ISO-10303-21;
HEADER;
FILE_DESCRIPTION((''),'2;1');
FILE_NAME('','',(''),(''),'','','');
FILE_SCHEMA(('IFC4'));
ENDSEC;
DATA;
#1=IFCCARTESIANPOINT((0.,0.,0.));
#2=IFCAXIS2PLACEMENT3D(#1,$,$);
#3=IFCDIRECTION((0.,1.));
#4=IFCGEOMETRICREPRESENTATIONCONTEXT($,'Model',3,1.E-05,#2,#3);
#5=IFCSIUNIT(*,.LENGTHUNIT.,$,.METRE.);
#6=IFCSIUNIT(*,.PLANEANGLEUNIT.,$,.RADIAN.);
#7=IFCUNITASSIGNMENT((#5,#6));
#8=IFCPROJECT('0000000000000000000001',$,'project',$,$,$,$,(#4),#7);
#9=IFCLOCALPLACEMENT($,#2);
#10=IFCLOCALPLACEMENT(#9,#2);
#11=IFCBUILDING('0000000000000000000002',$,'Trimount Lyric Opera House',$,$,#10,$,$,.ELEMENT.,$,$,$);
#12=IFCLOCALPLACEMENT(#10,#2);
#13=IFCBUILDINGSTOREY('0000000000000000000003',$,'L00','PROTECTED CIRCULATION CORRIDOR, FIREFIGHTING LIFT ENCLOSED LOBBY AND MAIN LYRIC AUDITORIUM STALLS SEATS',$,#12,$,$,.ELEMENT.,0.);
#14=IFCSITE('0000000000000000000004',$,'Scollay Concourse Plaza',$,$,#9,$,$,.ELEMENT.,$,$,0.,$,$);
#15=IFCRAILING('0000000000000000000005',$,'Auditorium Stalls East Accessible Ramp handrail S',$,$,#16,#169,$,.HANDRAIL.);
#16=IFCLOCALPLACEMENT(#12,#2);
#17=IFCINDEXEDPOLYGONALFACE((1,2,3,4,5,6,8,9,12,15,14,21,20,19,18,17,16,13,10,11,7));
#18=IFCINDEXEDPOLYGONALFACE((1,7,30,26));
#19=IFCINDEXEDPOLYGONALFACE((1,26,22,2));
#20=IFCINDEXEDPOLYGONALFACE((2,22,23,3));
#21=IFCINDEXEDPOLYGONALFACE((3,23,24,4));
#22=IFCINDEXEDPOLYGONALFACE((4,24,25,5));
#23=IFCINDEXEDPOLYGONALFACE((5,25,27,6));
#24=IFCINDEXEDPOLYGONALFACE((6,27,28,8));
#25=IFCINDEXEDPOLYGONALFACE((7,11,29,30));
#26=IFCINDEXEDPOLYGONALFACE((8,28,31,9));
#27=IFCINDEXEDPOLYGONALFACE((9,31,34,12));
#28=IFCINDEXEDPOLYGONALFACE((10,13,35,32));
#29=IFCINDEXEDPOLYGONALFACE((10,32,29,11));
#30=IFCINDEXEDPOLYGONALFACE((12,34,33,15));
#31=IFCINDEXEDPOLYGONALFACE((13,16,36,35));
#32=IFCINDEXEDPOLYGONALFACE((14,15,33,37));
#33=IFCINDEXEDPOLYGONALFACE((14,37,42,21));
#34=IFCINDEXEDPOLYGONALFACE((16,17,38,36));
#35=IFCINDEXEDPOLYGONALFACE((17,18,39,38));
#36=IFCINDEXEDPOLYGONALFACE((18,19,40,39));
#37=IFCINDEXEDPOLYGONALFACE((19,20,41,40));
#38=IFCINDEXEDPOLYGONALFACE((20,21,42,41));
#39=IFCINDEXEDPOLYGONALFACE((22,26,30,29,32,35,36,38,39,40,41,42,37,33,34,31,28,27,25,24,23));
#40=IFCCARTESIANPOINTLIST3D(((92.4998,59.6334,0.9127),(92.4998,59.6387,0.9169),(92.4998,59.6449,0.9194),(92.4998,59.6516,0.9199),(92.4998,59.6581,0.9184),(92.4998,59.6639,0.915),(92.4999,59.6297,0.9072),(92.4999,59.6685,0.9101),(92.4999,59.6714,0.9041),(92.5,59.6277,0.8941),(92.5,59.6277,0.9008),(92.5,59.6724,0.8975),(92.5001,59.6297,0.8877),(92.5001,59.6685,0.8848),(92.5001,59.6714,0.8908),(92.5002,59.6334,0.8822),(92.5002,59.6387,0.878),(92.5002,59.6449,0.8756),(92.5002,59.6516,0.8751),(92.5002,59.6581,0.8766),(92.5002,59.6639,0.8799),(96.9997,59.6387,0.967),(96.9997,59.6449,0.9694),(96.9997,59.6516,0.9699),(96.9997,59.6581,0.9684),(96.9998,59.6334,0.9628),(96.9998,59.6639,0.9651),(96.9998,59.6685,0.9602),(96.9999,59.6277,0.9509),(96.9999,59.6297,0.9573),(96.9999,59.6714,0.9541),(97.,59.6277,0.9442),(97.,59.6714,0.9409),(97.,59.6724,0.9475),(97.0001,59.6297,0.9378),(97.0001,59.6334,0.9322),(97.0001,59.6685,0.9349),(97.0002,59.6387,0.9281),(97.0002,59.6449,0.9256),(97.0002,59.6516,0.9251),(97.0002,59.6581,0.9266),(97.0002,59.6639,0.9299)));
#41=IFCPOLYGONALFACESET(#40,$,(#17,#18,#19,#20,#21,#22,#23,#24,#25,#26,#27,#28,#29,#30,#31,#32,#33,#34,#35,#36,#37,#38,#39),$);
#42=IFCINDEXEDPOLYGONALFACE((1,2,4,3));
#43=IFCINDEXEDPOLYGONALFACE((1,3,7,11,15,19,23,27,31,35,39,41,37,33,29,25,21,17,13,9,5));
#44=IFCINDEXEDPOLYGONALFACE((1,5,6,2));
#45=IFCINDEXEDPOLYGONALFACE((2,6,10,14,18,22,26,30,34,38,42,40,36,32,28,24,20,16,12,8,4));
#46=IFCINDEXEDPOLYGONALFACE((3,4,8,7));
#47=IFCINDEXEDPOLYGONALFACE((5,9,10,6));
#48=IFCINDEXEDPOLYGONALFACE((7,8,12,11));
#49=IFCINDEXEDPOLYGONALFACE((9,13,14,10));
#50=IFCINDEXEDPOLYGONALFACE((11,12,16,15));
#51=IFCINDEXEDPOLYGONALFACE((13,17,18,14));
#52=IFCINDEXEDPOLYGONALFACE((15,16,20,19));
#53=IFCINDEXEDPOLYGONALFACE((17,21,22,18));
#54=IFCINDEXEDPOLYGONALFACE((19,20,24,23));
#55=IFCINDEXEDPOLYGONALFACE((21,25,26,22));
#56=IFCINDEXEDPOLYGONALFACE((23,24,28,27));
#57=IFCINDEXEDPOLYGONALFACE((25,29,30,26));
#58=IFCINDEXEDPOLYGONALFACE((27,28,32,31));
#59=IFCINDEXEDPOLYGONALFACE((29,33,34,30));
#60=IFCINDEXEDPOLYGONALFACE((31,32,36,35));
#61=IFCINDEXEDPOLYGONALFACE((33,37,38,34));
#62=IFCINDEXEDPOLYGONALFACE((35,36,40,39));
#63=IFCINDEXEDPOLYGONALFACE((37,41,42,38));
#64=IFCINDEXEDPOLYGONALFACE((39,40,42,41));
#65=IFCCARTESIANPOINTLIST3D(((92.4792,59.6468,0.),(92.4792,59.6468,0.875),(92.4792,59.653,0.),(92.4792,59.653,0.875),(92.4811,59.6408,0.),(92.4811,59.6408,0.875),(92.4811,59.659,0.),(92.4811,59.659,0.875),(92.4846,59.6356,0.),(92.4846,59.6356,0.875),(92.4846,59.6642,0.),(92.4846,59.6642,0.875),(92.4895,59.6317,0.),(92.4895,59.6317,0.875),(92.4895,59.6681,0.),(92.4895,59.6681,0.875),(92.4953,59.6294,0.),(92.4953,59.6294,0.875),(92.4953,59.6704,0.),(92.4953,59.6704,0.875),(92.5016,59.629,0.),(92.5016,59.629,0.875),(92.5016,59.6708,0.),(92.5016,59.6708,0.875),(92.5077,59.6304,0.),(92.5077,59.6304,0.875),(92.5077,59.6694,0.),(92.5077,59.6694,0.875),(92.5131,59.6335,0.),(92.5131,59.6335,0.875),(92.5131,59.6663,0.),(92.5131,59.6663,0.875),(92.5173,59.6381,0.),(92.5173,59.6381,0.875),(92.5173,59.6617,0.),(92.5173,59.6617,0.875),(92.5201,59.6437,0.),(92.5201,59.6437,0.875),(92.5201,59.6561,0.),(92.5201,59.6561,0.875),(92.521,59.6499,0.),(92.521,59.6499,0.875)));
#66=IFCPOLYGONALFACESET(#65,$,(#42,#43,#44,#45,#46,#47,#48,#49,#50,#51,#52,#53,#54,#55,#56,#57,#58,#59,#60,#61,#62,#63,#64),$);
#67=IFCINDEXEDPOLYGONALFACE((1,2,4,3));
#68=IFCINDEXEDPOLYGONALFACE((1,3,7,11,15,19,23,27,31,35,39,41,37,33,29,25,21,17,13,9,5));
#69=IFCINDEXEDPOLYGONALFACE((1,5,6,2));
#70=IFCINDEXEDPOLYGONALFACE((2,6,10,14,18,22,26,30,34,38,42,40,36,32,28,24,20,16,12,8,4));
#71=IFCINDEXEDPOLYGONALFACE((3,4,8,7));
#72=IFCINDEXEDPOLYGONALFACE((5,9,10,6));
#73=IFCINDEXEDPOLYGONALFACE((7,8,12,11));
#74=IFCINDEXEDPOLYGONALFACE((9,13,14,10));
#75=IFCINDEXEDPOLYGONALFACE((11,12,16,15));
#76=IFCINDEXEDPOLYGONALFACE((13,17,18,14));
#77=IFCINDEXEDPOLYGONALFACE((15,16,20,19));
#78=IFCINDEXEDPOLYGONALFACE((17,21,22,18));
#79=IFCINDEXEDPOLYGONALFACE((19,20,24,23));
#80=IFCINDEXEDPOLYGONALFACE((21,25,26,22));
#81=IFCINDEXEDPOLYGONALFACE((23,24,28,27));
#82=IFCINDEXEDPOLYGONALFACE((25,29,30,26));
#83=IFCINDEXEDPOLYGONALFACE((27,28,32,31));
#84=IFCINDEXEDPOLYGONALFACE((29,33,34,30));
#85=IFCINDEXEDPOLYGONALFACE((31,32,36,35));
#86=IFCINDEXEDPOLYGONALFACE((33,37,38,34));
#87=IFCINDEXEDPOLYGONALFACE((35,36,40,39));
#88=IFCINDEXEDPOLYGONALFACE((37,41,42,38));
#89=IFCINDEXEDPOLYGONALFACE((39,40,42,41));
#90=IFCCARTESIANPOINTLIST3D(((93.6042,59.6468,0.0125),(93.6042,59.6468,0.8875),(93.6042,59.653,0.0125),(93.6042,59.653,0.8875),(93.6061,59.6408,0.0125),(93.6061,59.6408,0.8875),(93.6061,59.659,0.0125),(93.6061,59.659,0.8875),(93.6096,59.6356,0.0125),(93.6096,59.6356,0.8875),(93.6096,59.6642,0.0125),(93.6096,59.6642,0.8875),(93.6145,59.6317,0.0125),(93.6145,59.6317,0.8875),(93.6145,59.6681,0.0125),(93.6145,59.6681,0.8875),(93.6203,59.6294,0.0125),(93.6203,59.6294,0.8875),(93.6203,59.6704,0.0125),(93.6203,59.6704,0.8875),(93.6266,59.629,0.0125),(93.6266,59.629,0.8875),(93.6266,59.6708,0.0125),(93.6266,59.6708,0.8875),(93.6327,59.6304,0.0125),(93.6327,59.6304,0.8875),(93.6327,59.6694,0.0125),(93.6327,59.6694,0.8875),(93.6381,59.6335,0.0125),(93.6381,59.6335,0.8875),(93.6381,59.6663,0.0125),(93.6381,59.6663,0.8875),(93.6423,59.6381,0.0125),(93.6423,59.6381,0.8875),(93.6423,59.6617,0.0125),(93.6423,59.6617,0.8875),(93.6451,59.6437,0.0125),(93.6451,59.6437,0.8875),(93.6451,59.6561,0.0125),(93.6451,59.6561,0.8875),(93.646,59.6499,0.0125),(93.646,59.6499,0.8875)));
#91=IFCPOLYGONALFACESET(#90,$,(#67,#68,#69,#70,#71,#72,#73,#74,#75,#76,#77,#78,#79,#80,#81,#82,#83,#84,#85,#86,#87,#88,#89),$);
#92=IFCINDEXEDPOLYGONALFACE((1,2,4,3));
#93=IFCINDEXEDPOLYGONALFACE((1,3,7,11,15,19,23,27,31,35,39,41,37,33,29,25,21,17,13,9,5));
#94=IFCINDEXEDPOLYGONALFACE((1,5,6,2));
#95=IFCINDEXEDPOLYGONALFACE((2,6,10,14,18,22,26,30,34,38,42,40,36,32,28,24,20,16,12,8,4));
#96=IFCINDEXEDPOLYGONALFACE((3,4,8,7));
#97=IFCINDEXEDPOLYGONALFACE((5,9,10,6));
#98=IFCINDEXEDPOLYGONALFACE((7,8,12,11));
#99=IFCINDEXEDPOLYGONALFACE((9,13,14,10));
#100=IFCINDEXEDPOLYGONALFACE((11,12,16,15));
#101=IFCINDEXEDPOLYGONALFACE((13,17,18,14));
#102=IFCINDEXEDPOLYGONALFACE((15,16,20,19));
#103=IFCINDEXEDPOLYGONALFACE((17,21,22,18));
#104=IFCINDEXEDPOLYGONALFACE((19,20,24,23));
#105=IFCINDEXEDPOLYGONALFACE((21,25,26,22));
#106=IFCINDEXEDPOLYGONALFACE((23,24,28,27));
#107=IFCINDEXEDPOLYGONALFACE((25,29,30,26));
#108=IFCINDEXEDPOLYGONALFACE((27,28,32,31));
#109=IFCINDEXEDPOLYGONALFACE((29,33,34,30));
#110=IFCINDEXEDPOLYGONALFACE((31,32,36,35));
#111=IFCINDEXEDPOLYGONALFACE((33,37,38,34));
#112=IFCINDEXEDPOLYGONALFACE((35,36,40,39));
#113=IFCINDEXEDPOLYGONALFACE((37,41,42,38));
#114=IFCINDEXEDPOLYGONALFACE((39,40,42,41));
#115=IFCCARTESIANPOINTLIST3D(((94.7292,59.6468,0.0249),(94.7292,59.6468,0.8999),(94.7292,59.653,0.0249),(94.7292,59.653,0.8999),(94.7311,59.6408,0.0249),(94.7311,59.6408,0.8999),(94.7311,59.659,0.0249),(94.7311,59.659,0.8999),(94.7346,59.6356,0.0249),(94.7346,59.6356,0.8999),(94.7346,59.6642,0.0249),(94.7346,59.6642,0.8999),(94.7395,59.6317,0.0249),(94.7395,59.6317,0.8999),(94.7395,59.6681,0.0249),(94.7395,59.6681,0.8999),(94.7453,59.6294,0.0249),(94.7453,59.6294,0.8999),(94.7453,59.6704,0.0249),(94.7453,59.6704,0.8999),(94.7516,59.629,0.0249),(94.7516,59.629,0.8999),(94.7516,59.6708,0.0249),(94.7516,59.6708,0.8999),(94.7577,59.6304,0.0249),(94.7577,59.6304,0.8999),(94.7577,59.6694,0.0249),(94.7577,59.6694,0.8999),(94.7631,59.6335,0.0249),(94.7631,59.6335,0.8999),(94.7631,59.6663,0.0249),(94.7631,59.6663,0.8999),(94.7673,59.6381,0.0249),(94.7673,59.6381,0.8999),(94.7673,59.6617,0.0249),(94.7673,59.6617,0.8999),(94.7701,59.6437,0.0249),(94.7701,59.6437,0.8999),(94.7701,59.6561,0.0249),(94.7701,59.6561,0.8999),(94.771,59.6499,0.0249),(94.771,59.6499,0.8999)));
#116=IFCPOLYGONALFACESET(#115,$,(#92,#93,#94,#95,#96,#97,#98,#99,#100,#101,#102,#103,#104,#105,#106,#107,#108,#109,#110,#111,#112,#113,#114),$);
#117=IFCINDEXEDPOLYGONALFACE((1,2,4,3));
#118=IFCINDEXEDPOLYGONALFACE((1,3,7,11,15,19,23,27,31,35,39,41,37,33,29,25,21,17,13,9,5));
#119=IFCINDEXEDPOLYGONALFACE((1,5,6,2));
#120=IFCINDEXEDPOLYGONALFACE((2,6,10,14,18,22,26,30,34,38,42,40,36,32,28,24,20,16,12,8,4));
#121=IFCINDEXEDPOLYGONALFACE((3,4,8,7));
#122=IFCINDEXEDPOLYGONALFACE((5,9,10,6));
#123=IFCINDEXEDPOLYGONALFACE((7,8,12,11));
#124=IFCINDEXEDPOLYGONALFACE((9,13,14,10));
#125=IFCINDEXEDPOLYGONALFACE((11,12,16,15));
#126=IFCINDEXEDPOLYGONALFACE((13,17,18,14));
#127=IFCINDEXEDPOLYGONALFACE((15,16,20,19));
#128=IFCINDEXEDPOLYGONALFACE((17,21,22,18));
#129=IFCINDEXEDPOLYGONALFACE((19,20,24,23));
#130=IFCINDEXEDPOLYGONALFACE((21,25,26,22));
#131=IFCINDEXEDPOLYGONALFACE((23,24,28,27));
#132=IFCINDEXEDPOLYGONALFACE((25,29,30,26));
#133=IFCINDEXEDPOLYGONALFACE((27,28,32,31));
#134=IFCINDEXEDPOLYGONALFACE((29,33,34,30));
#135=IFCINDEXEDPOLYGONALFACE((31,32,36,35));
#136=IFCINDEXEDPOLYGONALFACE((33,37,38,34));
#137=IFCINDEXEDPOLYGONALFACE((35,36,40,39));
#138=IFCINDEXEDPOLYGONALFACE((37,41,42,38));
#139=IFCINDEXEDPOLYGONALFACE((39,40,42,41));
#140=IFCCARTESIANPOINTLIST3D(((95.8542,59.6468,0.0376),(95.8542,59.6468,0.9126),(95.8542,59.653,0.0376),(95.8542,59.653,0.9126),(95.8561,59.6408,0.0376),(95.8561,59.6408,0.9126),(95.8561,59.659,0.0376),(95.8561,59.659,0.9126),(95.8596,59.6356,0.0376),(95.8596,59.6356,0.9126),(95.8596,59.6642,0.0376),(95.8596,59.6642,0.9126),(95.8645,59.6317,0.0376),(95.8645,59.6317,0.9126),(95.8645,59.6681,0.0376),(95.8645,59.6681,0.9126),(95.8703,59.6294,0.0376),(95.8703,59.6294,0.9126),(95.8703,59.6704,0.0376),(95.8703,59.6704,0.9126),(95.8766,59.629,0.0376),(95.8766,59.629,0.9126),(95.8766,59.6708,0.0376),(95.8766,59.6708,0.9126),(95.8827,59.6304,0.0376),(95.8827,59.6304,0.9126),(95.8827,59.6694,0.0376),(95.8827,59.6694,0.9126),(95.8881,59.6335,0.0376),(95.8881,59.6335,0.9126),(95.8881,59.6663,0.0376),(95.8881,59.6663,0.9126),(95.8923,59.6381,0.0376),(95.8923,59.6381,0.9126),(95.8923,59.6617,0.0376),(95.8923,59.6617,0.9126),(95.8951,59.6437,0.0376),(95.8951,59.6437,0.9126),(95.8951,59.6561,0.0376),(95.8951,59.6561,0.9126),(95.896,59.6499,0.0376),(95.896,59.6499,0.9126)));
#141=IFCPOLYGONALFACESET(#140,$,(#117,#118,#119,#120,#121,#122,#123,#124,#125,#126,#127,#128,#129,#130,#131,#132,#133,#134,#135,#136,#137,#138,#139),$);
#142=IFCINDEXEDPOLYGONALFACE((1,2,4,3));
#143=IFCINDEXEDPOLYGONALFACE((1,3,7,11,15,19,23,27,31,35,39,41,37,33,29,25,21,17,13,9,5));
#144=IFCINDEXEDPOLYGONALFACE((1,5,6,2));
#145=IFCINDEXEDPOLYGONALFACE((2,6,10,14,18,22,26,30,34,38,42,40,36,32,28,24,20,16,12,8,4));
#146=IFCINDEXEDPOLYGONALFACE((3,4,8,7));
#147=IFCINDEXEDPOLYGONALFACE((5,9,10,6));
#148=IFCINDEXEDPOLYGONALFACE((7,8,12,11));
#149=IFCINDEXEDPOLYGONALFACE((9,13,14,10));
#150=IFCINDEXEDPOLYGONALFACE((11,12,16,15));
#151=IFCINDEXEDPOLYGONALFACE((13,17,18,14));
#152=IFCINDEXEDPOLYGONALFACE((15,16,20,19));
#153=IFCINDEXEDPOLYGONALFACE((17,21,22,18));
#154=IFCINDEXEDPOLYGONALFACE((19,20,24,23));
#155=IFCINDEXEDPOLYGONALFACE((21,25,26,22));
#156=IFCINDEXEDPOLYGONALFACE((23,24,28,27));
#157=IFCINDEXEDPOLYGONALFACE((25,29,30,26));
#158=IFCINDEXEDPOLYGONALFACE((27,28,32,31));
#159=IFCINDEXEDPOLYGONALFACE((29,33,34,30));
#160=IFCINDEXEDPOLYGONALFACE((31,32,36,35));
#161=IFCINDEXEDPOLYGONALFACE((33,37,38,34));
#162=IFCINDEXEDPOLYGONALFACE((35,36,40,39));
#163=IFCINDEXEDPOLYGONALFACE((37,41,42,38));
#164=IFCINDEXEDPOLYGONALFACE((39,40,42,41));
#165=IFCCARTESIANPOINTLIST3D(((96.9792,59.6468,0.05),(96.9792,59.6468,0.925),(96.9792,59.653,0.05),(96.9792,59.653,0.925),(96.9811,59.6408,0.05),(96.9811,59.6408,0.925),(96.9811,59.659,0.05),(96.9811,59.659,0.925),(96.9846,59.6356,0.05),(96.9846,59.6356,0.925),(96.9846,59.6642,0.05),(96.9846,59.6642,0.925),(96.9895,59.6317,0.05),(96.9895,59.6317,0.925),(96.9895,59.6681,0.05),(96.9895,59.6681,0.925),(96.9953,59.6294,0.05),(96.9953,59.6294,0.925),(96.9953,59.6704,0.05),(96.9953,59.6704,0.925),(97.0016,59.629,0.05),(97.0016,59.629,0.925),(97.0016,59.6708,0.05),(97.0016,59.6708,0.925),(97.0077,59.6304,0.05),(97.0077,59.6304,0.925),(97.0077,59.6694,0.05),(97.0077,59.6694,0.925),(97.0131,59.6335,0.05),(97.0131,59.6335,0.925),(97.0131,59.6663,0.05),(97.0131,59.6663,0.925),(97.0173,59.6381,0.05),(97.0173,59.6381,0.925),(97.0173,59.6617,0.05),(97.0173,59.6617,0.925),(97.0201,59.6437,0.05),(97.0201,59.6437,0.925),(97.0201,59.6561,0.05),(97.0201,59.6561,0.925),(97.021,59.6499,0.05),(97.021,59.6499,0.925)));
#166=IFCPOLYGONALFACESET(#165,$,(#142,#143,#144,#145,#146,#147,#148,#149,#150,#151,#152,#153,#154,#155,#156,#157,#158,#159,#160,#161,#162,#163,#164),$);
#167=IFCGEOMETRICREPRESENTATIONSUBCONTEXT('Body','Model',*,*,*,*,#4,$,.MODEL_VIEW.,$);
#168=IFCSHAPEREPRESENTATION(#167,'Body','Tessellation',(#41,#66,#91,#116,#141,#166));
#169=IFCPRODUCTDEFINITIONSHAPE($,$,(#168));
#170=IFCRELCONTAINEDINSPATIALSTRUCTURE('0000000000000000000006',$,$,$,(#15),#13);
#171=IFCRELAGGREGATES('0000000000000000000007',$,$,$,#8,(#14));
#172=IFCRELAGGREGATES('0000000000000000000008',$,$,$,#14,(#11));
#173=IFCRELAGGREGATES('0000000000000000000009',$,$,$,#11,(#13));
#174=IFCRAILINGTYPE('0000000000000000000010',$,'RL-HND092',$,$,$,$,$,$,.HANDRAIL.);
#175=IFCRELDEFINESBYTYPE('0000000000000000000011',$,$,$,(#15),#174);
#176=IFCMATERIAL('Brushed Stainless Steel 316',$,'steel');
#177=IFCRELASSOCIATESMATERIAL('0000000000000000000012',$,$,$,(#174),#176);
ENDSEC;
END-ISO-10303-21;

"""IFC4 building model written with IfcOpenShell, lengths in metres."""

from ifc_helpers import new_model, si_unit, direction, frame, origin, origin_2d, place, context, subcontext, project, spatial, circle, extrude, material, type_object, element, save


model = new_model("IFC4")

# Units and contexts
model_context = context("Model", 3, precision=1e-05, world=origin(), true_north=direction((0.0, 1.0)))
body_context = subcontext(model_context, "Body", "Model", "MODEL_VIEW")
ifc_project = project(units=[si_unit("LENGTHUNIT", "METRE"), si_unit("PLANEANGLEUNIT", "RADIAN")], contexts=[model_context])

# Site, building, storey
site_placement = place(None, origin())
site = spatial("IfcSite", under=ifc_project, at=site_placement, Name="Scollay Concourse Plaza", CompositionType="ELEMENT", RefElevation=0.0)
building_placement = place(site_placement, origin())
building = spatial("IfcBuilding", under=site, at=building_placement, Name="Trimount Lyric Opera House", CompositionType="ELEMENT")
storey_placement = place(building_placement, origin())
storey = spatial("IfcBuildingStorey", under=building, at=storey_placement, Name="L00", Description="PROTECTED CIRCULATION CORRIDOR, FIREFIGHTING LIFT ENCLOSED LOBBY AND MAIN LYRIC AUDITORIUM STALLS SEATS", CompositionType="ELEMENT", Elevation=0.0)

# Railing
ifc_material_1 = material(Name="Brushed Stainless Steel 316", Category="steel")
railing_type = type_object("IfcRailingType", Name="RL-HND092", PredefinedType="HANDRAIL", material=ifc_material_1)
for number, where, name in (
    (1, (92.5, 59.6499, 0.0), "Auditorium Stalls East Accessible Ramp handrail S"),
):
    element("IfcRailing", number, at=place(storey_placement, frame(where)), inside=storey, type_object=railing_type, Name=name, PredefinedType="HANDRAIL", context=body_context, shape_type="SweptSolid", body=[
        extrude(circle(Radius=0.0225, at=origin_2d()), frame((0.0, 0.0, 0.8975), z_axis=(0.999938, 0.0, 0.011121), x_axis=(0.0, 1.0, 0.0)), (0.0, 0.0, 1.0), 4.5002),
        extrude(circle(Radius=0.021, at=origin_2d()), origin(), (0.0, 0.0, 1.0), 0.875),
        extrude(circle(Radius=0.021, at=origin_2d()), frame((1.125, 0.0, 0.0125)), (0.0, 0.0, 1.0), 0.875),
        extrude(circle(Radius=0.021, at=origin_2d()), frame((2.25, 0.0, 0.0249)), (0.0, 0.0, 1.0), 0.875),
        extrude(circle(Radius=0.021, at=origin_2d()), frame((3.375, 0.0, 0.0376)), (0.0, 0.0, 1.0), 0.875),
        extrude(circle(Radius=0.021, at=origin_2d()), frame((4.5, 0.0, 0.05)), (0.0, 0.0, 1.0), 0.875),
    ])

save(model, "model.ifc")
